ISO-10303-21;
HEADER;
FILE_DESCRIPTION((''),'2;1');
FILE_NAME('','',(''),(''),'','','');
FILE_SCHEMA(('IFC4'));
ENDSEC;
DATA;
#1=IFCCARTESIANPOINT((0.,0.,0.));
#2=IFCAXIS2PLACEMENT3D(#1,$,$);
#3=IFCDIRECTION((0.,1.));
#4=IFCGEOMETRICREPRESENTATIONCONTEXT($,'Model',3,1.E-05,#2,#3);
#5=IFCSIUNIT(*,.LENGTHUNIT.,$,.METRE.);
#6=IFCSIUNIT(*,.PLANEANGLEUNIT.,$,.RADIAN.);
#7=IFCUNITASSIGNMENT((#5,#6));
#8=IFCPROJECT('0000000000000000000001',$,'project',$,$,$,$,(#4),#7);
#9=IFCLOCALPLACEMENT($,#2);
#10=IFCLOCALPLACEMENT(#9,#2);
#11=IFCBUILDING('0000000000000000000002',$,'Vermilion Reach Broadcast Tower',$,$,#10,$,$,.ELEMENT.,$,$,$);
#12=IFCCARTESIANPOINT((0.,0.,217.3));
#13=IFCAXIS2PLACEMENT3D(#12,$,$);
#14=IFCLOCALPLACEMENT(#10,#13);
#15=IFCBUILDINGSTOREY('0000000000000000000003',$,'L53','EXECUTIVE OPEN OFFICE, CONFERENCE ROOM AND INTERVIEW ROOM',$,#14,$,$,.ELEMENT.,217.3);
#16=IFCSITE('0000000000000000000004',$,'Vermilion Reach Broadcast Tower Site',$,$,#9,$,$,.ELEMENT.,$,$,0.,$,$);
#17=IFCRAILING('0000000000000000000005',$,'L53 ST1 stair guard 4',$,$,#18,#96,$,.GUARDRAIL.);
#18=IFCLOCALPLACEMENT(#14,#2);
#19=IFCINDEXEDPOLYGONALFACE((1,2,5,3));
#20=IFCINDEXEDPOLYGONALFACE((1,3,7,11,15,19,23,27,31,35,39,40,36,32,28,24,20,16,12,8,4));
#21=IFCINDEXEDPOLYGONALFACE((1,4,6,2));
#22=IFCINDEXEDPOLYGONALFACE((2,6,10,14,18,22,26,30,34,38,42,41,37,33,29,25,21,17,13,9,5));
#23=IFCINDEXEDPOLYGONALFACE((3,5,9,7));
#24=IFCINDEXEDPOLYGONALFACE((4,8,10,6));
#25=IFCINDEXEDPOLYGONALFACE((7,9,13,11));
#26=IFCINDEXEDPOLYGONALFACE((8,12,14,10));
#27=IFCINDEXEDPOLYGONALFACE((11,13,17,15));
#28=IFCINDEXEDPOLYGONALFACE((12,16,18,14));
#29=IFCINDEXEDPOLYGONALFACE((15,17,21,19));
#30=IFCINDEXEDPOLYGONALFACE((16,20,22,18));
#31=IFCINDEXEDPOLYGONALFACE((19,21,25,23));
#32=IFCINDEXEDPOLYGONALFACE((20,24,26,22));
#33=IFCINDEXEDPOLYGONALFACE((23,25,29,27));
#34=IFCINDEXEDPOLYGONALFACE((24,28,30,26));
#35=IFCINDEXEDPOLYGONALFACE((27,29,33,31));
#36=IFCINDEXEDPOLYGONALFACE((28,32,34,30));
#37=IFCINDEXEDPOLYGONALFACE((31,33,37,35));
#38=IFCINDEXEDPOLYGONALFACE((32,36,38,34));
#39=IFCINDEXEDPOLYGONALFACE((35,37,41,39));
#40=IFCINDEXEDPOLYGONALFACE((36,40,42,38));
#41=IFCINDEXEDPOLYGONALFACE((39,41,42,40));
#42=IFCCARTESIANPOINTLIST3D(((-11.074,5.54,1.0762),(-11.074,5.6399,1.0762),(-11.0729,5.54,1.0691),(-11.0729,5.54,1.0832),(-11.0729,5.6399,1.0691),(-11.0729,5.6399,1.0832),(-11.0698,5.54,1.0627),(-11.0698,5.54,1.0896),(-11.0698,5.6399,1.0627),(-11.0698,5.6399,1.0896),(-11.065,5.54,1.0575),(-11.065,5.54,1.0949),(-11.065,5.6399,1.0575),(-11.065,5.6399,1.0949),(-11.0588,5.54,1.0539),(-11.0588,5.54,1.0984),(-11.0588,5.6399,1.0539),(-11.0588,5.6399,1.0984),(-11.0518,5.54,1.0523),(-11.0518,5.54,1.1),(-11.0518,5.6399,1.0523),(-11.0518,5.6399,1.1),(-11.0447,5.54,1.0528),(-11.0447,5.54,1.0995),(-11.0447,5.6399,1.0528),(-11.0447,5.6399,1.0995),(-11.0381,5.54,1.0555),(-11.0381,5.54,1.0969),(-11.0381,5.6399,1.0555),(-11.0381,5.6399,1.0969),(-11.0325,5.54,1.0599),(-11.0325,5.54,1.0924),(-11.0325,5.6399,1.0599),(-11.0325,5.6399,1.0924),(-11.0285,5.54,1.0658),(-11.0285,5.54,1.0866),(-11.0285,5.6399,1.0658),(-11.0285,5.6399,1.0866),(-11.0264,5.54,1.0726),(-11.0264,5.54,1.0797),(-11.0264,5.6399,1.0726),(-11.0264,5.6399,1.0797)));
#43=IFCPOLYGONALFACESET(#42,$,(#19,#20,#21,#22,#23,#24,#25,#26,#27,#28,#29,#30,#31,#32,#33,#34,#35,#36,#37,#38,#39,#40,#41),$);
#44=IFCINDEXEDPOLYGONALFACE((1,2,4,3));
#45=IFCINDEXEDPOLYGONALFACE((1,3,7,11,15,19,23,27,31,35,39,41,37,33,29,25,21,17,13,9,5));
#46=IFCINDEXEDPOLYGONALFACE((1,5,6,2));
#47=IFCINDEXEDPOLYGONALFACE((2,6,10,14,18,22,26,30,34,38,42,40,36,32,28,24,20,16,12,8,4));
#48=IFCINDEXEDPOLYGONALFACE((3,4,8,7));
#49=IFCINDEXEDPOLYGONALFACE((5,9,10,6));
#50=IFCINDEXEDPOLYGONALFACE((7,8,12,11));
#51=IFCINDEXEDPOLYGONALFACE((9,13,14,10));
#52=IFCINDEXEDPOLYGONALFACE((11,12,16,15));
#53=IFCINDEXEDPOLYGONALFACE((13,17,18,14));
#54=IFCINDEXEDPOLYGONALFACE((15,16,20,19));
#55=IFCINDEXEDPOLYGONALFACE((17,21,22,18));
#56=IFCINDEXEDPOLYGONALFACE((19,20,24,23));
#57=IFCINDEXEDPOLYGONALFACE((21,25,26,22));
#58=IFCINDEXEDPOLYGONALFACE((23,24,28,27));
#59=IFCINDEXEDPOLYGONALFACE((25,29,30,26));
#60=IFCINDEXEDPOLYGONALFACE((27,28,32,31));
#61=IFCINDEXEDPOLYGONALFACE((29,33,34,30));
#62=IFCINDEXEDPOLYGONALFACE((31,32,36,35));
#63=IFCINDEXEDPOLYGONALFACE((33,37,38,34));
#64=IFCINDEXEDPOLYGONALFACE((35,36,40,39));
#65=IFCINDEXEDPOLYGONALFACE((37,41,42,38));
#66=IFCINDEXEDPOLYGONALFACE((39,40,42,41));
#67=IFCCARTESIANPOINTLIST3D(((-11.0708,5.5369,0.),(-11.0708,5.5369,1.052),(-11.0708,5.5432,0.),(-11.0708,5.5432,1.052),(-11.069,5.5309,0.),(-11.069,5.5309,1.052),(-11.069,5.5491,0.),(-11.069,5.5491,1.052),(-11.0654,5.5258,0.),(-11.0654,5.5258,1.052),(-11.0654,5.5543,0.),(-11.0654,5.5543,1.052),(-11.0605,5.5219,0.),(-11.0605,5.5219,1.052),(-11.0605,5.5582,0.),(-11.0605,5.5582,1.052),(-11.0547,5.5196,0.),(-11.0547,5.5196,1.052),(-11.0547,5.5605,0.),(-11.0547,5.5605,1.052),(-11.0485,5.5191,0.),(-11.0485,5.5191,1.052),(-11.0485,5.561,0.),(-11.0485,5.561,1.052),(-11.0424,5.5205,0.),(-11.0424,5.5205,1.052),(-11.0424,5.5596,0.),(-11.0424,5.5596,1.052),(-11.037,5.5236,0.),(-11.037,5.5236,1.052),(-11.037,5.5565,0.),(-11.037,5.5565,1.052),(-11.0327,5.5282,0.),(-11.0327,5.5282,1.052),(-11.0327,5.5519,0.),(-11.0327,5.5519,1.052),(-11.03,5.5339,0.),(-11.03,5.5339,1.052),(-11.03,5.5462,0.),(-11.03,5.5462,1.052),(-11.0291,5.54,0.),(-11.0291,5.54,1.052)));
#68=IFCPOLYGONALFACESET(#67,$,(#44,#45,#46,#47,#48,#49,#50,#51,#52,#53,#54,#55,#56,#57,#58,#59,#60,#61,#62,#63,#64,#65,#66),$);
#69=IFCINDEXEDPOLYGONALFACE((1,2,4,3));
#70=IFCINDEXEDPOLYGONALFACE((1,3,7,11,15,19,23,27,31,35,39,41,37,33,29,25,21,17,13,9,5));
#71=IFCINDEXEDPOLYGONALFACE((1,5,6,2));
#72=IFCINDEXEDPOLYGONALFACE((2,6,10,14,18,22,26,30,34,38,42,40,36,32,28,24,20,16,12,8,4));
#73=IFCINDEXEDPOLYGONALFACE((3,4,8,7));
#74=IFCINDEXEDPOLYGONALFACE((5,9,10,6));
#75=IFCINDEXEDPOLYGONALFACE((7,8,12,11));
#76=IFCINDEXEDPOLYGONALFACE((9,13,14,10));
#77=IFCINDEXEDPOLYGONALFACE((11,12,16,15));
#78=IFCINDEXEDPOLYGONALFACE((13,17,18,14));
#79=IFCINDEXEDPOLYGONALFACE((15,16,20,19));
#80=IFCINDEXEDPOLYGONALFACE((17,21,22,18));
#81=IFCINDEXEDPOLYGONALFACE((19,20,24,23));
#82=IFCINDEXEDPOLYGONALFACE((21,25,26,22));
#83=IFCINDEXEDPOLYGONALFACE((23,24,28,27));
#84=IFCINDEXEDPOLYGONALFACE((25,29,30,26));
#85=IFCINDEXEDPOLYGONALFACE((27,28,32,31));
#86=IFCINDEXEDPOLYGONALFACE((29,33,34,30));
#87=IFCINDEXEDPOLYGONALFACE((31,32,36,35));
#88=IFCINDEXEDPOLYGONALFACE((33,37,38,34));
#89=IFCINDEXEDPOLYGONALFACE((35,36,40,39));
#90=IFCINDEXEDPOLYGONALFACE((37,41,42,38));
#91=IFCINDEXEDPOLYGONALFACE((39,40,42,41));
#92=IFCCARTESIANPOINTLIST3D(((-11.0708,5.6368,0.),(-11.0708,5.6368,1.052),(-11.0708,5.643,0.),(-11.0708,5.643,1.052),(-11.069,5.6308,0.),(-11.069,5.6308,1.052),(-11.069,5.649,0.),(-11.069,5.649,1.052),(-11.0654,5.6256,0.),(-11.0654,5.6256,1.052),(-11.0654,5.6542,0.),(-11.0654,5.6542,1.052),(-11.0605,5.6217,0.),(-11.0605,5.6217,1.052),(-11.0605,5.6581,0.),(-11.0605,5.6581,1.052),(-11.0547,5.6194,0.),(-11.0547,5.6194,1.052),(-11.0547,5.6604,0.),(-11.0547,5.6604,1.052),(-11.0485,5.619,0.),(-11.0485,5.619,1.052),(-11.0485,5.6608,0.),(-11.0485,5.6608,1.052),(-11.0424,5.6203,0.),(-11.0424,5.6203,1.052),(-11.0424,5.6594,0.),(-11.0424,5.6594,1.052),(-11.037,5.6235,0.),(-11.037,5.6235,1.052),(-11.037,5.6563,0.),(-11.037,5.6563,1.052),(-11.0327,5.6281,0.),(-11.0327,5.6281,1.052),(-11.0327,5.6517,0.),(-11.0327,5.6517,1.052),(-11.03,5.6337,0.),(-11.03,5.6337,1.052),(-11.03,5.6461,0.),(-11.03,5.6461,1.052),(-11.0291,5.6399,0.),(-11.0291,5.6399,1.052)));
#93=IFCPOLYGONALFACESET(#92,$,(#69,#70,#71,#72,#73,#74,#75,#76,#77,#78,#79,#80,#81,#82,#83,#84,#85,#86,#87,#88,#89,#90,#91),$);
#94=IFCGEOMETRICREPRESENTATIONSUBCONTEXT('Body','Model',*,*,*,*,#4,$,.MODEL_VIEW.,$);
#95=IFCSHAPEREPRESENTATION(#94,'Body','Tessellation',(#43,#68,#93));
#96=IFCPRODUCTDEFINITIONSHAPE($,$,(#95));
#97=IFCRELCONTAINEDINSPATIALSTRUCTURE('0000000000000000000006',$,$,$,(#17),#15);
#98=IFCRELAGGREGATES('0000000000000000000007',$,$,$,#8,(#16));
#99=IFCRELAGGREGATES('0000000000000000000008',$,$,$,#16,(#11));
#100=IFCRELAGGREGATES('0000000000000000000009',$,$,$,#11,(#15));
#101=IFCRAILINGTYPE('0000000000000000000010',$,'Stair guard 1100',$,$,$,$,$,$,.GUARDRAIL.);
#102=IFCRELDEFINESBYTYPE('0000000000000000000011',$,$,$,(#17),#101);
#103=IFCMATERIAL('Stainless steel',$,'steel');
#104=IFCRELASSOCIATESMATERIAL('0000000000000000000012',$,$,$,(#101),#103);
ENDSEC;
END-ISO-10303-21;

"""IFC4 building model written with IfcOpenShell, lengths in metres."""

from ifc_helpers import new_model, si_unit, direction, frame, origin, origin_2d, place, context, subcontext, project, spatial, circle, extrude, material, type_object, element, save


model = new_model("IFC4")

# Units and contexts
model_context = context("Model", 3, precision=1e-05, world=origin(), true_north=direction((0.0, 1.0)))
body_context = subcontext(model_context, "Body", "Model", "MODEL_VIEW")
ifc_project = project(units=[si_unit("LENGTHUNIT", "METRE"), si_unit("PLANEANGLEUNIT", "RADIAN")], contexts=[model_context])

# Site, building, storey
site_placement = place(None, origin())
site = spatial("IfcSite", under=ifc_project, at=site_placement, Name="Vermilion Reach Broadcast Tower Site", CompositionType="ELEMENT", RefElevation=0.0)
building_placement = place(site_placement, origin())
building = spatial("IfcBuilding", under=site, at=building_placement, Name="Vermilion Reach Broadcast Tower", CompositionType="ELEMENT")
storey_placement = place(building_placement, frame((0.0, 0.0, 217.3)))
storey = spatial("IfcBuildingStorey", under=building, at=storey_placement, Name="L53", Description="EXECUTIVE OPEN OFFICE, CONFERENCE ROOM AND INTERVIEW ROOM", CompositionType="ELEMENT", Elevation=217.3)

# Railing
ifc_material_1 = material(Name="Stainless steel", Category="steel")
railing_type_1 = type_object("IfcRailingType", Name="Stair guard 1100", PredefinedType="GUARDRAIL", material=ifc_material_1)
railing_1_placement = place(storey_placement, frame((-11.05, 5.54, 0.0)))
element("IfcRailing", 1, at=railing_1_placement, inside=storey, type_object=railing_type_1, Name="L53 ST1 stair guard 4", PredefinedType="GUARDRAIL", context=body_context, shape_type="SweptSolid", body=[
    extrude(circle(Radius=0.0239, at=origin_2d()), frame((0.0, 0.0, 1.0762), z_axis=(0.0, 1.0, 0.0), x_axis=(-1.0, 0.0, 0.0)), (0.0, 0.0, 1.0), 0.0999),
    extrude(circle(Radius=0.021, at=origin_2d()), origin(), (0.0, 0.0, 1.0), 1.052),
    extrude(circle(Radius=0.021, at=origin_2d()), frame((0.0, 0.0999, 0.0)), (0.0, 0.0, 1.0), 1.052),
])

save(model, "model.ifc")
